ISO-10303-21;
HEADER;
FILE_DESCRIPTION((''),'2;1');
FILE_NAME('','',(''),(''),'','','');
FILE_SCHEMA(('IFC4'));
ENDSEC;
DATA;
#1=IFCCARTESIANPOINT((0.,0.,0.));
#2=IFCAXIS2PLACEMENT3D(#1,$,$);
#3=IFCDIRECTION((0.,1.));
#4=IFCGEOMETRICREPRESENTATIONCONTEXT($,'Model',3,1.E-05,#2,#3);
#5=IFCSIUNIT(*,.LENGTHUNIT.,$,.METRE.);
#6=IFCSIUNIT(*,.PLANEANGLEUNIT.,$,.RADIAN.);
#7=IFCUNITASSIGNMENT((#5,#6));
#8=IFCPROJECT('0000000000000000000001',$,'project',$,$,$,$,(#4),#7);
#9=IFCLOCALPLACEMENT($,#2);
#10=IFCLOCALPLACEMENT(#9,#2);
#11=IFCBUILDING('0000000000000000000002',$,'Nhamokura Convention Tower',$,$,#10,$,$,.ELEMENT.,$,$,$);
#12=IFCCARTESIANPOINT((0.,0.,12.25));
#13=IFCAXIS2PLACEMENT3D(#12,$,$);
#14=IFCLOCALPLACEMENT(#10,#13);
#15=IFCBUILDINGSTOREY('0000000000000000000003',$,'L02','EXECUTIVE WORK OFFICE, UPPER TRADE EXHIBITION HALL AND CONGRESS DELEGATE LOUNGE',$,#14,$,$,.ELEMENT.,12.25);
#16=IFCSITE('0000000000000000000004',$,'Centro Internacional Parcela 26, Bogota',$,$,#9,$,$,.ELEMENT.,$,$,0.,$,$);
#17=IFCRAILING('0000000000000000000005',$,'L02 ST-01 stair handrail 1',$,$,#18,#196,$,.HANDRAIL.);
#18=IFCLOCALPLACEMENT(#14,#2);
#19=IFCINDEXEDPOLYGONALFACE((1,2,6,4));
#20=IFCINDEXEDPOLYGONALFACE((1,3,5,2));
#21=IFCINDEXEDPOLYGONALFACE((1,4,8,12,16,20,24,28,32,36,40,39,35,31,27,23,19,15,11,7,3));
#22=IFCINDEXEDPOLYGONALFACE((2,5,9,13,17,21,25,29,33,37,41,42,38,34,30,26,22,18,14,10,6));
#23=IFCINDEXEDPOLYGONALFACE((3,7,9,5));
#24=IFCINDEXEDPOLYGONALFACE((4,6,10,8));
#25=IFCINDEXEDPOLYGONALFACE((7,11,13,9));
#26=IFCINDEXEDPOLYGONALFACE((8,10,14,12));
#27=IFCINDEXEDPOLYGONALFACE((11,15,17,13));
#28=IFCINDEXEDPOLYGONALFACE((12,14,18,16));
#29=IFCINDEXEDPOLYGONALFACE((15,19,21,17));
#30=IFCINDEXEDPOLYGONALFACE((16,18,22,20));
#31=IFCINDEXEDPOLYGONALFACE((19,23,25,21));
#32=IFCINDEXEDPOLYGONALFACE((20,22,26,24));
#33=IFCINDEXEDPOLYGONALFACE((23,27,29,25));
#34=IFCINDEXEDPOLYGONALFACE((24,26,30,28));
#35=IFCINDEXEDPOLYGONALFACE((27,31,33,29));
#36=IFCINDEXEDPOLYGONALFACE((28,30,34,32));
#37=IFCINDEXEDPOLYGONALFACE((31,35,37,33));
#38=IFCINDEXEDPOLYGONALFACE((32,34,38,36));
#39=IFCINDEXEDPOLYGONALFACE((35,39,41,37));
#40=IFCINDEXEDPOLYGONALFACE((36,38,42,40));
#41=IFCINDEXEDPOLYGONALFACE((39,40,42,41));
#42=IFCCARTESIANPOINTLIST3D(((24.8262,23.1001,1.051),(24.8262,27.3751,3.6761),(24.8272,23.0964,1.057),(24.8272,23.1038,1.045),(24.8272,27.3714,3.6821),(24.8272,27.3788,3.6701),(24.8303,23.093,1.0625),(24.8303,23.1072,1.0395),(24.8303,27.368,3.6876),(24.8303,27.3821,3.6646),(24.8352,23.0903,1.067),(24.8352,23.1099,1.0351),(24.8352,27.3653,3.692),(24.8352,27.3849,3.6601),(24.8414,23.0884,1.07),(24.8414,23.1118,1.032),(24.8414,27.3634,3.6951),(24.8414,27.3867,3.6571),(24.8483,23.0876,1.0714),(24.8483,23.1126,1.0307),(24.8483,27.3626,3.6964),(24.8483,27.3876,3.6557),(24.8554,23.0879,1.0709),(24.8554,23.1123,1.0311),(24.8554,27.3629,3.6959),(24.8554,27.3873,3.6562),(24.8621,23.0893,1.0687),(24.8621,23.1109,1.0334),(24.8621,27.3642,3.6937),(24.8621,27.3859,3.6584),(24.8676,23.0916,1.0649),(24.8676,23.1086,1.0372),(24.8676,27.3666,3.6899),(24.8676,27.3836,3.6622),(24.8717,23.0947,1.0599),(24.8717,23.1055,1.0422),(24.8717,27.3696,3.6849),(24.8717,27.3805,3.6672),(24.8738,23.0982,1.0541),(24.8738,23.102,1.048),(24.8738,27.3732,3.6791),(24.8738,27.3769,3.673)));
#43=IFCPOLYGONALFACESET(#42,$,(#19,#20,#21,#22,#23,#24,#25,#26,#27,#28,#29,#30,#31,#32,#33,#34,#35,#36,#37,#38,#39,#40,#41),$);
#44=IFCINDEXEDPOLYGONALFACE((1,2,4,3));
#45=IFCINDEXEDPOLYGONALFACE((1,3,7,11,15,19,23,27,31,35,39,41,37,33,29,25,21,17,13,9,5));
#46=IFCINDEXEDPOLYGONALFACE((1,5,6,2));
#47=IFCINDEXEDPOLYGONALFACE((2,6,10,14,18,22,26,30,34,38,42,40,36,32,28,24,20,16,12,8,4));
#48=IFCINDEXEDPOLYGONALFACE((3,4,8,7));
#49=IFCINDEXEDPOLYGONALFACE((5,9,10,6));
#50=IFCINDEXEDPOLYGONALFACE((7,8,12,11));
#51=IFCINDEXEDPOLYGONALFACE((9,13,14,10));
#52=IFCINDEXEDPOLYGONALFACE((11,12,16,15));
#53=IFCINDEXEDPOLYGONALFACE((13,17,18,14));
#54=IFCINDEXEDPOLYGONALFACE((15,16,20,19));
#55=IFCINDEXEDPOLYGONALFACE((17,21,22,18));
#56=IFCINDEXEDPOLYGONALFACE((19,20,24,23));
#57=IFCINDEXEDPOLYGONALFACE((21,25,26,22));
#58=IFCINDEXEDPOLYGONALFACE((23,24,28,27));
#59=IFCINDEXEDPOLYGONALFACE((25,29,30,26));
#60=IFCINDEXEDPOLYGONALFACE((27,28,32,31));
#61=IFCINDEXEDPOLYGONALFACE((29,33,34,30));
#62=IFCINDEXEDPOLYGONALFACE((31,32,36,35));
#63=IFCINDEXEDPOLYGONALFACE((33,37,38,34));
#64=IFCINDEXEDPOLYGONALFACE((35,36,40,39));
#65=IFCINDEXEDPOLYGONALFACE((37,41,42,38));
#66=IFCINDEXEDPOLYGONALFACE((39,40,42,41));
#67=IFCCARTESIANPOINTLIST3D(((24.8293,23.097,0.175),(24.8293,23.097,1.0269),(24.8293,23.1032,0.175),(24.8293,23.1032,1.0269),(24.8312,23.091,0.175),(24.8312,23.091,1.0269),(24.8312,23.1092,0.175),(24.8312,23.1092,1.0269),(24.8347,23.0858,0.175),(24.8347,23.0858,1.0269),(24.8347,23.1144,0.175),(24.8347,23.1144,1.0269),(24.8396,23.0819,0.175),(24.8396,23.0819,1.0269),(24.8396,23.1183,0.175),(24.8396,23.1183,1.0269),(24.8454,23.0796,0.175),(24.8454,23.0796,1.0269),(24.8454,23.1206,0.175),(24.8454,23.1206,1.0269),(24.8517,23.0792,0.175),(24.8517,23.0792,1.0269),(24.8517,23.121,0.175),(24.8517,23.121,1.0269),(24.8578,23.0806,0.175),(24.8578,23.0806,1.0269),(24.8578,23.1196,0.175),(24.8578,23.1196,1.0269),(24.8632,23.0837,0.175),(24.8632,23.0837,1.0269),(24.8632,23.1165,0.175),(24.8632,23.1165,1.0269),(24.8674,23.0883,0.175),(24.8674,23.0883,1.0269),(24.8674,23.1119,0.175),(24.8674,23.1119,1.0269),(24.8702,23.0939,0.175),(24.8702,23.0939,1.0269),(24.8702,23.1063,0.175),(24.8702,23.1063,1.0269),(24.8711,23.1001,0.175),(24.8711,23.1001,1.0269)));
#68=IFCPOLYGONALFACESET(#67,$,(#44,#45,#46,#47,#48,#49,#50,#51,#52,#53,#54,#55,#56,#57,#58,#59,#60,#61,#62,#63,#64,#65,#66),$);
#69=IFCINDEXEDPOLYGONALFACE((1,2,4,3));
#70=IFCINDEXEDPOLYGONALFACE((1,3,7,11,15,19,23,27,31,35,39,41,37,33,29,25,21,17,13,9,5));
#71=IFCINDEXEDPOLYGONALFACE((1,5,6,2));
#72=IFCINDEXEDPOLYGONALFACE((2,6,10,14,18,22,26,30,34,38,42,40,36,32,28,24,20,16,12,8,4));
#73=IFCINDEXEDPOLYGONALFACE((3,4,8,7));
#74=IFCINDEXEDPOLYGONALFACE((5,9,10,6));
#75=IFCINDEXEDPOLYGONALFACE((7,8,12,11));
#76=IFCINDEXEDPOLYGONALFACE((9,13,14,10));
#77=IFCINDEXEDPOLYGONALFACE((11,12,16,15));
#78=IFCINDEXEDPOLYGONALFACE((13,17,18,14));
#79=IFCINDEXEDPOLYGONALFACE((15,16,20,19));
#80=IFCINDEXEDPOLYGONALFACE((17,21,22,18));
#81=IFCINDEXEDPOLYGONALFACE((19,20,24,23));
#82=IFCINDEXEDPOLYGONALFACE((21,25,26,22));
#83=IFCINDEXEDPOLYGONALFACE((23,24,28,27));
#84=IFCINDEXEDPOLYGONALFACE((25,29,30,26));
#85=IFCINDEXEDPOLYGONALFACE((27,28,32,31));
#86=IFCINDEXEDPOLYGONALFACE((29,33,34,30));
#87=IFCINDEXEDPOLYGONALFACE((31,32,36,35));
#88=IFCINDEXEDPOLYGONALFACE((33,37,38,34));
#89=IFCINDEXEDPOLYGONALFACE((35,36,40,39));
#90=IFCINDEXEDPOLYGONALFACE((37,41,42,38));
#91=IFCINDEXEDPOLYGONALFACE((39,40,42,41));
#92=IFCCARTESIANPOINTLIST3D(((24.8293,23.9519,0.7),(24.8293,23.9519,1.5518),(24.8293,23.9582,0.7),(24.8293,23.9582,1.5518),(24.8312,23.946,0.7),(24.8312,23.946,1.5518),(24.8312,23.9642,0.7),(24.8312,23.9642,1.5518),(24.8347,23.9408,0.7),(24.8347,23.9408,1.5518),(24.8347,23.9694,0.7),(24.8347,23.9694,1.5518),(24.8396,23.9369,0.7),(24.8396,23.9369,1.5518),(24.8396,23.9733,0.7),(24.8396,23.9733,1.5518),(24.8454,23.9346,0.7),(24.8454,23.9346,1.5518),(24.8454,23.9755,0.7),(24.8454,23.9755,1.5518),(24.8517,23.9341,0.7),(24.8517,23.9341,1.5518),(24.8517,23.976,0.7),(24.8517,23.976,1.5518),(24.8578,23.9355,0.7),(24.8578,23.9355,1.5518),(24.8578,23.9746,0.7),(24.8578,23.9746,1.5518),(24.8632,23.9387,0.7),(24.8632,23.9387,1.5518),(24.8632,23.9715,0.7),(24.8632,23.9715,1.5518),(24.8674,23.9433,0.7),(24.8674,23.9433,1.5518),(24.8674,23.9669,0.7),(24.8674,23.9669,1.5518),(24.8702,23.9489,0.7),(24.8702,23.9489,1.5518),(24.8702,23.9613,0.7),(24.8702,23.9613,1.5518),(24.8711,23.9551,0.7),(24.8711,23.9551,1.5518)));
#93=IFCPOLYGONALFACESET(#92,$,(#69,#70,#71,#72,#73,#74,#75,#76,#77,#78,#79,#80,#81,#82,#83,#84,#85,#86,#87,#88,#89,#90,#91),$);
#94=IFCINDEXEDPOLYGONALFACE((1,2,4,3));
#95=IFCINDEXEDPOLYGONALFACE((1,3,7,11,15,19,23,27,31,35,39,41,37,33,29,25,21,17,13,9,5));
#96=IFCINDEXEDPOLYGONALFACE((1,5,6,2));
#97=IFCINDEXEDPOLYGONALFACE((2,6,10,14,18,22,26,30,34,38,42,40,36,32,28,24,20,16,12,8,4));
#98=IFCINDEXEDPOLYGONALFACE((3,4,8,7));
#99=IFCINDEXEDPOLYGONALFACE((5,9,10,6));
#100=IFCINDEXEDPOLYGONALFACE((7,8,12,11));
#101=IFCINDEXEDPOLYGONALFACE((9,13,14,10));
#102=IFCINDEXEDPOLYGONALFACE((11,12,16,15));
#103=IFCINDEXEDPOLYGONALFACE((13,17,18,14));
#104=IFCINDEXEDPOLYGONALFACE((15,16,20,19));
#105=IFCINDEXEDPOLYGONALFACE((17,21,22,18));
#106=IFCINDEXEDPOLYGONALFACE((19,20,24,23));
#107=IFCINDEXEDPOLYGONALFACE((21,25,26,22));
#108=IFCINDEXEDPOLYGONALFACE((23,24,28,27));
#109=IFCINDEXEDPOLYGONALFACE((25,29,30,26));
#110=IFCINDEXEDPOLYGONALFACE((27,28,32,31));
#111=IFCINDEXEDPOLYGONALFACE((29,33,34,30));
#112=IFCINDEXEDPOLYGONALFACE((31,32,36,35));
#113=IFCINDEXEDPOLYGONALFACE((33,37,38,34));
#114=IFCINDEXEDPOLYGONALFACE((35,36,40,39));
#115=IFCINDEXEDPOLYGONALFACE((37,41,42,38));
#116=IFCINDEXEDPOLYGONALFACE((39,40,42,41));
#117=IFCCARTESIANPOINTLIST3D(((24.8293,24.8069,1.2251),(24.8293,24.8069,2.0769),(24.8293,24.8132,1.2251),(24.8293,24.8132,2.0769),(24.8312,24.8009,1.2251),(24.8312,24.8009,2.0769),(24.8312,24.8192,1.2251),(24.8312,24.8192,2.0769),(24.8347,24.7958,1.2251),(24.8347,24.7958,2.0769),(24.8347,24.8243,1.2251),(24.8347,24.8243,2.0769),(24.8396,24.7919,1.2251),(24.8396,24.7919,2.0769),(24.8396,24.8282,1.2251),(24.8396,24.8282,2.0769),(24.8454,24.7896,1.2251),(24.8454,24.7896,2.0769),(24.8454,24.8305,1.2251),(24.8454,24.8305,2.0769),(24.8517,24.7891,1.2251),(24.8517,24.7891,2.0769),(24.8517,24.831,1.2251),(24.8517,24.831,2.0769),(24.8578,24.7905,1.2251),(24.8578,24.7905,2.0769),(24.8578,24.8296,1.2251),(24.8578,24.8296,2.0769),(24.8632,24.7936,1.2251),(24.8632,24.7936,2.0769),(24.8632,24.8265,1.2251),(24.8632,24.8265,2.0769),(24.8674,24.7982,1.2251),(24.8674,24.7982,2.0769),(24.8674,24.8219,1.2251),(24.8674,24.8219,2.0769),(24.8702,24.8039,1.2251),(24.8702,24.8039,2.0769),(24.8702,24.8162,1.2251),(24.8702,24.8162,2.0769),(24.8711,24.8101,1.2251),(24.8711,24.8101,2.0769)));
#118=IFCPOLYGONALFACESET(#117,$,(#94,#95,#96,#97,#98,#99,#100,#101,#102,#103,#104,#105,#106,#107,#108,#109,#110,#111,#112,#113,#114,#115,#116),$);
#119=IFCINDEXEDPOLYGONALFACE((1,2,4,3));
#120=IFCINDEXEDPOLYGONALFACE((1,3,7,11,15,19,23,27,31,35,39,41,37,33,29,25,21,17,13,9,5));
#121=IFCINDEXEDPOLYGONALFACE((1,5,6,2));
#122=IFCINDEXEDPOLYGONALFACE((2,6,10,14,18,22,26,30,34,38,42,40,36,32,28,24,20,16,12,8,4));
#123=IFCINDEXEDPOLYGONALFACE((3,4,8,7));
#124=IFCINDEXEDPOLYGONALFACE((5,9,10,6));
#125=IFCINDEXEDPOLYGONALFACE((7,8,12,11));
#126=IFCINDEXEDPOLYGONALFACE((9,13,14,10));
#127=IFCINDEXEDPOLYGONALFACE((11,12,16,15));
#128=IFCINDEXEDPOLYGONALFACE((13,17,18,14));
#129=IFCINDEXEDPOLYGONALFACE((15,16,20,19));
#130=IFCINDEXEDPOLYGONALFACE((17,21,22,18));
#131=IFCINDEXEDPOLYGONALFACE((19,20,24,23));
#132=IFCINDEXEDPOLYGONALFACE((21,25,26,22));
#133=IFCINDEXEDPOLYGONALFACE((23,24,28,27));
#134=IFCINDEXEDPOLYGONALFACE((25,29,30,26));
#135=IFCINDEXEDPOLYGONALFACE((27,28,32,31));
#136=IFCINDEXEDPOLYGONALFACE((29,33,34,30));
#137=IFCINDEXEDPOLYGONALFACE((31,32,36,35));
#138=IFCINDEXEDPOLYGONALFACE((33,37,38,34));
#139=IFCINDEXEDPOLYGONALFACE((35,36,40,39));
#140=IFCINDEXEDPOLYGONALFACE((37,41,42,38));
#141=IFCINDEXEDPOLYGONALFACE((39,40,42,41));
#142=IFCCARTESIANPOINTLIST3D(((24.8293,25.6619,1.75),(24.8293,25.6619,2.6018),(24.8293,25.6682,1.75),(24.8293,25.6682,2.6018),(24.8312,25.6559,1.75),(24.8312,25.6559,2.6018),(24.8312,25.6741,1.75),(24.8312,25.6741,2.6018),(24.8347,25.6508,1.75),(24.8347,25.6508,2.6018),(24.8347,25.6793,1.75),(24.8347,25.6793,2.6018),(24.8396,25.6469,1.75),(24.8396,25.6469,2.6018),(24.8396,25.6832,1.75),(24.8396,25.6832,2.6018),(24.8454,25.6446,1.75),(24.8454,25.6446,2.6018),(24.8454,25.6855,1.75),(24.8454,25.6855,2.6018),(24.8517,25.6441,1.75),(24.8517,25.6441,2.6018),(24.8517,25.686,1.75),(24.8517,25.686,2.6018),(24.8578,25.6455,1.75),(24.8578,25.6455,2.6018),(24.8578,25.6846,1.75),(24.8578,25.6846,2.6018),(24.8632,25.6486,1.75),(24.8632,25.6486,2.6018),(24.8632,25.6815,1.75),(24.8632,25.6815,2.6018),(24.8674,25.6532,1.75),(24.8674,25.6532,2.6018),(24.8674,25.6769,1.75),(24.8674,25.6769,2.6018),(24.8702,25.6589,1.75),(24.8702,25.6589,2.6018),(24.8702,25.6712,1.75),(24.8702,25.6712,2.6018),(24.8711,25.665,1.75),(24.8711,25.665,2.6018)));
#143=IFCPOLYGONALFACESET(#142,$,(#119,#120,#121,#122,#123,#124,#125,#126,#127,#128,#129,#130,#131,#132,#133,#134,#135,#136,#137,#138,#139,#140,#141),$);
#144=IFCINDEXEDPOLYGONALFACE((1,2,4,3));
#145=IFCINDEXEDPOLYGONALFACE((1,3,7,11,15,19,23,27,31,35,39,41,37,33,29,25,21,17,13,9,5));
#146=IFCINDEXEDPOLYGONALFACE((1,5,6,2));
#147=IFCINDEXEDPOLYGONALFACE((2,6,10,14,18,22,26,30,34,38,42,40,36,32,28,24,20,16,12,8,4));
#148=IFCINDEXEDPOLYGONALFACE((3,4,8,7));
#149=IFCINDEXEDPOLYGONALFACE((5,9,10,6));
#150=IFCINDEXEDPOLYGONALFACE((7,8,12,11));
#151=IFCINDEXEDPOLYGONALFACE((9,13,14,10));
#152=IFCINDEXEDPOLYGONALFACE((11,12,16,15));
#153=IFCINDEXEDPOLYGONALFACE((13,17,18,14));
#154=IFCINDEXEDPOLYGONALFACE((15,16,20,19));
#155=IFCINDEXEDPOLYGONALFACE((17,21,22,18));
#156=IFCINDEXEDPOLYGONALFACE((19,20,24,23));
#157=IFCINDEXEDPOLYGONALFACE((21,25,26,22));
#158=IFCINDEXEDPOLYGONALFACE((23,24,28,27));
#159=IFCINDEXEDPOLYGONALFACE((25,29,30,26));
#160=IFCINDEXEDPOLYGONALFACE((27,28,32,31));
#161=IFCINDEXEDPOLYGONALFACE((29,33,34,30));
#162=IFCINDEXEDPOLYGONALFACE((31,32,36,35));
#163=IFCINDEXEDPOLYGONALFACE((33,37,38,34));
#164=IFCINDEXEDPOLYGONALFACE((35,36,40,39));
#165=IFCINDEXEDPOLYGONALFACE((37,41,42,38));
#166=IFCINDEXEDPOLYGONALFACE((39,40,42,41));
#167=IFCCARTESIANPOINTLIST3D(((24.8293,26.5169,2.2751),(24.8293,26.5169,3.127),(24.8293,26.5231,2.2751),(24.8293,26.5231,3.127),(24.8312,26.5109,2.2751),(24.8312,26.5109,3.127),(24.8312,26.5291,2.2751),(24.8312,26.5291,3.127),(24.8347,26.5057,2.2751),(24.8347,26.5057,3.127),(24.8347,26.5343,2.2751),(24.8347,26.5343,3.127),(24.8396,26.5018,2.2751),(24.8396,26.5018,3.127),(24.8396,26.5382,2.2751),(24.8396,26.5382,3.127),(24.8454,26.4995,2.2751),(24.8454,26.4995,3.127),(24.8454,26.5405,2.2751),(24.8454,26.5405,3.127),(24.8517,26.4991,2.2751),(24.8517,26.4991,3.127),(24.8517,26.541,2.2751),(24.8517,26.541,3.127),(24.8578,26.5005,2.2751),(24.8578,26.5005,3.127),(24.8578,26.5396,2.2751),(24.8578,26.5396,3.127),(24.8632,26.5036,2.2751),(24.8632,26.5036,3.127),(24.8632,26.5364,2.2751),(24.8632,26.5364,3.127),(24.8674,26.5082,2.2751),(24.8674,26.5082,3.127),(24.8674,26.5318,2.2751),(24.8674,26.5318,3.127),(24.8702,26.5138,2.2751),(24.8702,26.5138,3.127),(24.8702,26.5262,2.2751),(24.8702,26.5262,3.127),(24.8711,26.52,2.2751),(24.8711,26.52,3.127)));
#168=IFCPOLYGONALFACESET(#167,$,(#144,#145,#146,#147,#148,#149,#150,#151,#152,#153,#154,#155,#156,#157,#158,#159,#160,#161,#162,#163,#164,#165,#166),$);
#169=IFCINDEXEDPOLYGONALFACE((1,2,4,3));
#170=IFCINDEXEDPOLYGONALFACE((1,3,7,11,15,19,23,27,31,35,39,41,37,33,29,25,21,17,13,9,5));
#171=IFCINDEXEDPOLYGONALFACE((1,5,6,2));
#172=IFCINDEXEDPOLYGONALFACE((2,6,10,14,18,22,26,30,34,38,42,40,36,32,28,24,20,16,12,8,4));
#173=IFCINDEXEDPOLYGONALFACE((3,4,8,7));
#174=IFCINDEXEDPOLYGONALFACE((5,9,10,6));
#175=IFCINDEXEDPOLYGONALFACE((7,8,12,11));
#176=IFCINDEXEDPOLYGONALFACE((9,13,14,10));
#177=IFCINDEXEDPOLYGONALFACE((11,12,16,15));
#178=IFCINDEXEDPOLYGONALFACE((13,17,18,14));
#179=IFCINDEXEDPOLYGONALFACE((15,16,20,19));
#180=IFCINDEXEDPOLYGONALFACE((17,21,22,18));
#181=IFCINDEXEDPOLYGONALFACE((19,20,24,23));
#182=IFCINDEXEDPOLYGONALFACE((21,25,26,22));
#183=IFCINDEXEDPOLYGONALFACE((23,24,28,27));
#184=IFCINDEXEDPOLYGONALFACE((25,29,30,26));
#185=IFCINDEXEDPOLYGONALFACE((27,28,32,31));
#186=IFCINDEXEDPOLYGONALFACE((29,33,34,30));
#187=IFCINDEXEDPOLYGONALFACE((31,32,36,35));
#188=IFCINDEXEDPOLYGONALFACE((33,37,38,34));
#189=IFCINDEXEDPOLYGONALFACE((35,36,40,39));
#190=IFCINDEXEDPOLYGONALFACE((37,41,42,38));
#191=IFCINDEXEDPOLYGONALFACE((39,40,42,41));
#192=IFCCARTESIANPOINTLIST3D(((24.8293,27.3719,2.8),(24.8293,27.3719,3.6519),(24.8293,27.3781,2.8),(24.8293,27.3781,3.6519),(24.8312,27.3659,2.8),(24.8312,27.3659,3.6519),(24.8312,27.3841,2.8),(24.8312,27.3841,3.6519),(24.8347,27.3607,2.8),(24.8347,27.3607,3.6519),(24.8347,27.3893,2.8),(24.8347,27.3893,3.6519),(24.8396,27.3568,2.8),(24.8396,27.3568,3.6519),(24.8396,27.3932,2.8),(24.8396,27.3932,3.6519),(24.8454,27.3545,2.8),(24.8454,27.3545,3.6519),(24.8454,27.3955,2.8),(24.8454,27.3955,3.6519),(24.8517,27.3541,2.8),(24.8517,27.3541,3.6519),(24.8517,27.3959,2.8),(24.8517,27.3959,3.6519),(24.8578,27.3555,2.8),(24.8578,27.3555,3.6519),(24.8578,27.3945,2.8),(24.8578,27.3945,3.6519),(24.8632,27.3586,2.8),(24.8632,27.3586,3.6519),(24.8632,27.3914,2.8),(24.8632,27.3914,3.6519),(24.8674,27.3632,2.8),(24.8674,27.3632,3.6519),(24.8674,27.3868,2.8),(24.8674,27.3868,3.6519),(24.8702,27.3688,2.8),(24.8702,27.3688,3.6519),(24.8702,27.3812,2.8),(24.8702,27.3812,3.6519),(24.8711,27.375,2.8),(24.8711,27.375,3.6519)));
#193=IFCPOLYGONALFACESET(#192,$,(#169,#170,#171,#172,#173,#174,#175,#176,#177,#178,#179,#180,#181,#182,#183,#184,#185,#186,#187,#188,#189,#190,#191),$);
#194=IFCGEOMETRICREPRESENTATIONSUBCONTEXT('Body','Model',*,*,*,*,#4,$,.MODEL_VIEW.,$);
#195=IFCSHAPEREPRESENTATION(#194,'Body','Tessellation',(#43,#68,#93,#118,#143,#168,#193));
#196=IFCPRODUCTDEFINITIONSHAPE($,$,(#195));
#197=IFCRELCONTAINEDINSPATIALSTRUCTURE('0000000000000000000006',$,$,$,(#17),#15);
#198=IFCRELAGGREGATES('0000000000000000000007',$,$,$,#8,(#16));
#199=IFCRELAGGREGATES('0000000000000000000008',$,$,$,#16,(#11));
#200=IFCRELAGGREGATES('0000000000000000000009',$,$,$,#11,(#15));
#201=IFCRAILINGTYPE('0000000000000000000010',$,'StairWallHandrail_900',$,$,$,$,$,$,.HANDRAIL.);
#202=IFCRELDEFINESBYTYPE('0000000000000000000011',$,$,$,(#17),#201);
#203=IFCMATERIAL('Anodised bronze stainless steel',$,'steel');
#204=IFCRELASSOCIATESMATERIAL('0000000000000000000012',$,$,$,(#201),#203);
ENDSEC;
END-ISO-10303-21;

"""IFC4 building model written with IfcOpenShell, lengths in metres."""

from ifc_helpers import new_model, si_unit, direction, frame, origin, origin_2d, place, context, subcontext, project, spatial, circle, extrude, material, type_object, element, save


model = new_model("IFC4")

# Units and contexts
model_context = context("Model", 3, precision=1e-05, world=origin(), true_north=direction((0.0, 1.0)))
body_context = subcontext(model_context, "Body", "Model", "MODEL_VIEW")
ifc_project = project(units=[si_unit("LENGTHUNIT", "METRE"), si_unit("PLANEANGLEUNIT", "RADIAN")], contexts=[model_context])

# Site, building, storey
site_placement = place(None, origin())
site = spatial("IfcSite", under=ifc_project, at=site_placement, Name="Centro Internacional Parcela 26, Bogota", CompositionType="ELEMENT", RefElevation=0.0)
building_placement = place(site_placement, origin())
building = spatial("IfcBuilding", under=site, at=building_placement, Name="Nhamokura Convention Tower", CompositionType="ELEMENT")
storey_placement = place(building_placement, frame((0.0, 0.0, 12.25)))
storey = spatial("IfcBuildingStorey", under=building, at=storey_placement, Name="L02", Description="EXECUTIVE WORK OFFICE, UPPER TRADE EXHIBITION HALL AND CONGRESS DELEGATE LOUNGE", CompositionType="ELEMENT", Elevation=12.25)

# Railing
ifc_material_1 = material(Name="Anodised bronze stainless steel", Category="steel")
railing_type_1 = type_object("IfcRailingType", Name="StairWallHandrail_900", PredefinedType="HANDRAIL", material=ifc_material_1)
railing_1_placement = place(storey_placement, frame((24.8501, 23.1001, 0.175)))
element("IfcRailing", 1, at=railing_1_placement, inside=storey, type_object=railing_type_1, Name="L02 ST-01 stair handrail 1", PredefinedType="HANDRAIL", context=body_context, shape_type="SweptSolid", body=[
    extrude(circle(Radius=0.0239, at=origin_2d()), frame((0.0, 0.0, 0.876), z_axis=(0.0, 0.852166, 0.523272), x_axis=(-1.0, 0.0, 0.0)), (0.0, 0.0, 1.0), 5.0166),
    extrude(circle(Radius=0.021, at=origin_2d()), origin(), (0.0, 0.0, 1.0), 0.8518),
    extrude(circle(Radius=0.021, at=origin_2d()), frame((0.0, 0.855, 0.5249)), (0.0, 0.0, 1.0), 0.8518),
    extrude(circle(Radius=0.021, at=origin_2d()), frame((0.0, 1.71, 1.05)), (0.0, 0.0, 1.0), 0.8518),
    extrude(circle(Radius=0.021, at=origin_2d()), frame((0.0, 2.5649, 1.575)), (0.0, 0.0, 1.0), 0.8518),
    extrude(circle(Radius=0.021, at=origin_2d()), frame((0.0, 3.4199, 2.1001)), (0.0, 0.0, 1.0), 0.8518),
    extrude(circle(Radius=0.021, at=origin_2d()), frame((0.0, 4.2749, 2.625)), (0.0, 0.0, 1.0), 0.8518),
])

save(model, "model.ifc")
